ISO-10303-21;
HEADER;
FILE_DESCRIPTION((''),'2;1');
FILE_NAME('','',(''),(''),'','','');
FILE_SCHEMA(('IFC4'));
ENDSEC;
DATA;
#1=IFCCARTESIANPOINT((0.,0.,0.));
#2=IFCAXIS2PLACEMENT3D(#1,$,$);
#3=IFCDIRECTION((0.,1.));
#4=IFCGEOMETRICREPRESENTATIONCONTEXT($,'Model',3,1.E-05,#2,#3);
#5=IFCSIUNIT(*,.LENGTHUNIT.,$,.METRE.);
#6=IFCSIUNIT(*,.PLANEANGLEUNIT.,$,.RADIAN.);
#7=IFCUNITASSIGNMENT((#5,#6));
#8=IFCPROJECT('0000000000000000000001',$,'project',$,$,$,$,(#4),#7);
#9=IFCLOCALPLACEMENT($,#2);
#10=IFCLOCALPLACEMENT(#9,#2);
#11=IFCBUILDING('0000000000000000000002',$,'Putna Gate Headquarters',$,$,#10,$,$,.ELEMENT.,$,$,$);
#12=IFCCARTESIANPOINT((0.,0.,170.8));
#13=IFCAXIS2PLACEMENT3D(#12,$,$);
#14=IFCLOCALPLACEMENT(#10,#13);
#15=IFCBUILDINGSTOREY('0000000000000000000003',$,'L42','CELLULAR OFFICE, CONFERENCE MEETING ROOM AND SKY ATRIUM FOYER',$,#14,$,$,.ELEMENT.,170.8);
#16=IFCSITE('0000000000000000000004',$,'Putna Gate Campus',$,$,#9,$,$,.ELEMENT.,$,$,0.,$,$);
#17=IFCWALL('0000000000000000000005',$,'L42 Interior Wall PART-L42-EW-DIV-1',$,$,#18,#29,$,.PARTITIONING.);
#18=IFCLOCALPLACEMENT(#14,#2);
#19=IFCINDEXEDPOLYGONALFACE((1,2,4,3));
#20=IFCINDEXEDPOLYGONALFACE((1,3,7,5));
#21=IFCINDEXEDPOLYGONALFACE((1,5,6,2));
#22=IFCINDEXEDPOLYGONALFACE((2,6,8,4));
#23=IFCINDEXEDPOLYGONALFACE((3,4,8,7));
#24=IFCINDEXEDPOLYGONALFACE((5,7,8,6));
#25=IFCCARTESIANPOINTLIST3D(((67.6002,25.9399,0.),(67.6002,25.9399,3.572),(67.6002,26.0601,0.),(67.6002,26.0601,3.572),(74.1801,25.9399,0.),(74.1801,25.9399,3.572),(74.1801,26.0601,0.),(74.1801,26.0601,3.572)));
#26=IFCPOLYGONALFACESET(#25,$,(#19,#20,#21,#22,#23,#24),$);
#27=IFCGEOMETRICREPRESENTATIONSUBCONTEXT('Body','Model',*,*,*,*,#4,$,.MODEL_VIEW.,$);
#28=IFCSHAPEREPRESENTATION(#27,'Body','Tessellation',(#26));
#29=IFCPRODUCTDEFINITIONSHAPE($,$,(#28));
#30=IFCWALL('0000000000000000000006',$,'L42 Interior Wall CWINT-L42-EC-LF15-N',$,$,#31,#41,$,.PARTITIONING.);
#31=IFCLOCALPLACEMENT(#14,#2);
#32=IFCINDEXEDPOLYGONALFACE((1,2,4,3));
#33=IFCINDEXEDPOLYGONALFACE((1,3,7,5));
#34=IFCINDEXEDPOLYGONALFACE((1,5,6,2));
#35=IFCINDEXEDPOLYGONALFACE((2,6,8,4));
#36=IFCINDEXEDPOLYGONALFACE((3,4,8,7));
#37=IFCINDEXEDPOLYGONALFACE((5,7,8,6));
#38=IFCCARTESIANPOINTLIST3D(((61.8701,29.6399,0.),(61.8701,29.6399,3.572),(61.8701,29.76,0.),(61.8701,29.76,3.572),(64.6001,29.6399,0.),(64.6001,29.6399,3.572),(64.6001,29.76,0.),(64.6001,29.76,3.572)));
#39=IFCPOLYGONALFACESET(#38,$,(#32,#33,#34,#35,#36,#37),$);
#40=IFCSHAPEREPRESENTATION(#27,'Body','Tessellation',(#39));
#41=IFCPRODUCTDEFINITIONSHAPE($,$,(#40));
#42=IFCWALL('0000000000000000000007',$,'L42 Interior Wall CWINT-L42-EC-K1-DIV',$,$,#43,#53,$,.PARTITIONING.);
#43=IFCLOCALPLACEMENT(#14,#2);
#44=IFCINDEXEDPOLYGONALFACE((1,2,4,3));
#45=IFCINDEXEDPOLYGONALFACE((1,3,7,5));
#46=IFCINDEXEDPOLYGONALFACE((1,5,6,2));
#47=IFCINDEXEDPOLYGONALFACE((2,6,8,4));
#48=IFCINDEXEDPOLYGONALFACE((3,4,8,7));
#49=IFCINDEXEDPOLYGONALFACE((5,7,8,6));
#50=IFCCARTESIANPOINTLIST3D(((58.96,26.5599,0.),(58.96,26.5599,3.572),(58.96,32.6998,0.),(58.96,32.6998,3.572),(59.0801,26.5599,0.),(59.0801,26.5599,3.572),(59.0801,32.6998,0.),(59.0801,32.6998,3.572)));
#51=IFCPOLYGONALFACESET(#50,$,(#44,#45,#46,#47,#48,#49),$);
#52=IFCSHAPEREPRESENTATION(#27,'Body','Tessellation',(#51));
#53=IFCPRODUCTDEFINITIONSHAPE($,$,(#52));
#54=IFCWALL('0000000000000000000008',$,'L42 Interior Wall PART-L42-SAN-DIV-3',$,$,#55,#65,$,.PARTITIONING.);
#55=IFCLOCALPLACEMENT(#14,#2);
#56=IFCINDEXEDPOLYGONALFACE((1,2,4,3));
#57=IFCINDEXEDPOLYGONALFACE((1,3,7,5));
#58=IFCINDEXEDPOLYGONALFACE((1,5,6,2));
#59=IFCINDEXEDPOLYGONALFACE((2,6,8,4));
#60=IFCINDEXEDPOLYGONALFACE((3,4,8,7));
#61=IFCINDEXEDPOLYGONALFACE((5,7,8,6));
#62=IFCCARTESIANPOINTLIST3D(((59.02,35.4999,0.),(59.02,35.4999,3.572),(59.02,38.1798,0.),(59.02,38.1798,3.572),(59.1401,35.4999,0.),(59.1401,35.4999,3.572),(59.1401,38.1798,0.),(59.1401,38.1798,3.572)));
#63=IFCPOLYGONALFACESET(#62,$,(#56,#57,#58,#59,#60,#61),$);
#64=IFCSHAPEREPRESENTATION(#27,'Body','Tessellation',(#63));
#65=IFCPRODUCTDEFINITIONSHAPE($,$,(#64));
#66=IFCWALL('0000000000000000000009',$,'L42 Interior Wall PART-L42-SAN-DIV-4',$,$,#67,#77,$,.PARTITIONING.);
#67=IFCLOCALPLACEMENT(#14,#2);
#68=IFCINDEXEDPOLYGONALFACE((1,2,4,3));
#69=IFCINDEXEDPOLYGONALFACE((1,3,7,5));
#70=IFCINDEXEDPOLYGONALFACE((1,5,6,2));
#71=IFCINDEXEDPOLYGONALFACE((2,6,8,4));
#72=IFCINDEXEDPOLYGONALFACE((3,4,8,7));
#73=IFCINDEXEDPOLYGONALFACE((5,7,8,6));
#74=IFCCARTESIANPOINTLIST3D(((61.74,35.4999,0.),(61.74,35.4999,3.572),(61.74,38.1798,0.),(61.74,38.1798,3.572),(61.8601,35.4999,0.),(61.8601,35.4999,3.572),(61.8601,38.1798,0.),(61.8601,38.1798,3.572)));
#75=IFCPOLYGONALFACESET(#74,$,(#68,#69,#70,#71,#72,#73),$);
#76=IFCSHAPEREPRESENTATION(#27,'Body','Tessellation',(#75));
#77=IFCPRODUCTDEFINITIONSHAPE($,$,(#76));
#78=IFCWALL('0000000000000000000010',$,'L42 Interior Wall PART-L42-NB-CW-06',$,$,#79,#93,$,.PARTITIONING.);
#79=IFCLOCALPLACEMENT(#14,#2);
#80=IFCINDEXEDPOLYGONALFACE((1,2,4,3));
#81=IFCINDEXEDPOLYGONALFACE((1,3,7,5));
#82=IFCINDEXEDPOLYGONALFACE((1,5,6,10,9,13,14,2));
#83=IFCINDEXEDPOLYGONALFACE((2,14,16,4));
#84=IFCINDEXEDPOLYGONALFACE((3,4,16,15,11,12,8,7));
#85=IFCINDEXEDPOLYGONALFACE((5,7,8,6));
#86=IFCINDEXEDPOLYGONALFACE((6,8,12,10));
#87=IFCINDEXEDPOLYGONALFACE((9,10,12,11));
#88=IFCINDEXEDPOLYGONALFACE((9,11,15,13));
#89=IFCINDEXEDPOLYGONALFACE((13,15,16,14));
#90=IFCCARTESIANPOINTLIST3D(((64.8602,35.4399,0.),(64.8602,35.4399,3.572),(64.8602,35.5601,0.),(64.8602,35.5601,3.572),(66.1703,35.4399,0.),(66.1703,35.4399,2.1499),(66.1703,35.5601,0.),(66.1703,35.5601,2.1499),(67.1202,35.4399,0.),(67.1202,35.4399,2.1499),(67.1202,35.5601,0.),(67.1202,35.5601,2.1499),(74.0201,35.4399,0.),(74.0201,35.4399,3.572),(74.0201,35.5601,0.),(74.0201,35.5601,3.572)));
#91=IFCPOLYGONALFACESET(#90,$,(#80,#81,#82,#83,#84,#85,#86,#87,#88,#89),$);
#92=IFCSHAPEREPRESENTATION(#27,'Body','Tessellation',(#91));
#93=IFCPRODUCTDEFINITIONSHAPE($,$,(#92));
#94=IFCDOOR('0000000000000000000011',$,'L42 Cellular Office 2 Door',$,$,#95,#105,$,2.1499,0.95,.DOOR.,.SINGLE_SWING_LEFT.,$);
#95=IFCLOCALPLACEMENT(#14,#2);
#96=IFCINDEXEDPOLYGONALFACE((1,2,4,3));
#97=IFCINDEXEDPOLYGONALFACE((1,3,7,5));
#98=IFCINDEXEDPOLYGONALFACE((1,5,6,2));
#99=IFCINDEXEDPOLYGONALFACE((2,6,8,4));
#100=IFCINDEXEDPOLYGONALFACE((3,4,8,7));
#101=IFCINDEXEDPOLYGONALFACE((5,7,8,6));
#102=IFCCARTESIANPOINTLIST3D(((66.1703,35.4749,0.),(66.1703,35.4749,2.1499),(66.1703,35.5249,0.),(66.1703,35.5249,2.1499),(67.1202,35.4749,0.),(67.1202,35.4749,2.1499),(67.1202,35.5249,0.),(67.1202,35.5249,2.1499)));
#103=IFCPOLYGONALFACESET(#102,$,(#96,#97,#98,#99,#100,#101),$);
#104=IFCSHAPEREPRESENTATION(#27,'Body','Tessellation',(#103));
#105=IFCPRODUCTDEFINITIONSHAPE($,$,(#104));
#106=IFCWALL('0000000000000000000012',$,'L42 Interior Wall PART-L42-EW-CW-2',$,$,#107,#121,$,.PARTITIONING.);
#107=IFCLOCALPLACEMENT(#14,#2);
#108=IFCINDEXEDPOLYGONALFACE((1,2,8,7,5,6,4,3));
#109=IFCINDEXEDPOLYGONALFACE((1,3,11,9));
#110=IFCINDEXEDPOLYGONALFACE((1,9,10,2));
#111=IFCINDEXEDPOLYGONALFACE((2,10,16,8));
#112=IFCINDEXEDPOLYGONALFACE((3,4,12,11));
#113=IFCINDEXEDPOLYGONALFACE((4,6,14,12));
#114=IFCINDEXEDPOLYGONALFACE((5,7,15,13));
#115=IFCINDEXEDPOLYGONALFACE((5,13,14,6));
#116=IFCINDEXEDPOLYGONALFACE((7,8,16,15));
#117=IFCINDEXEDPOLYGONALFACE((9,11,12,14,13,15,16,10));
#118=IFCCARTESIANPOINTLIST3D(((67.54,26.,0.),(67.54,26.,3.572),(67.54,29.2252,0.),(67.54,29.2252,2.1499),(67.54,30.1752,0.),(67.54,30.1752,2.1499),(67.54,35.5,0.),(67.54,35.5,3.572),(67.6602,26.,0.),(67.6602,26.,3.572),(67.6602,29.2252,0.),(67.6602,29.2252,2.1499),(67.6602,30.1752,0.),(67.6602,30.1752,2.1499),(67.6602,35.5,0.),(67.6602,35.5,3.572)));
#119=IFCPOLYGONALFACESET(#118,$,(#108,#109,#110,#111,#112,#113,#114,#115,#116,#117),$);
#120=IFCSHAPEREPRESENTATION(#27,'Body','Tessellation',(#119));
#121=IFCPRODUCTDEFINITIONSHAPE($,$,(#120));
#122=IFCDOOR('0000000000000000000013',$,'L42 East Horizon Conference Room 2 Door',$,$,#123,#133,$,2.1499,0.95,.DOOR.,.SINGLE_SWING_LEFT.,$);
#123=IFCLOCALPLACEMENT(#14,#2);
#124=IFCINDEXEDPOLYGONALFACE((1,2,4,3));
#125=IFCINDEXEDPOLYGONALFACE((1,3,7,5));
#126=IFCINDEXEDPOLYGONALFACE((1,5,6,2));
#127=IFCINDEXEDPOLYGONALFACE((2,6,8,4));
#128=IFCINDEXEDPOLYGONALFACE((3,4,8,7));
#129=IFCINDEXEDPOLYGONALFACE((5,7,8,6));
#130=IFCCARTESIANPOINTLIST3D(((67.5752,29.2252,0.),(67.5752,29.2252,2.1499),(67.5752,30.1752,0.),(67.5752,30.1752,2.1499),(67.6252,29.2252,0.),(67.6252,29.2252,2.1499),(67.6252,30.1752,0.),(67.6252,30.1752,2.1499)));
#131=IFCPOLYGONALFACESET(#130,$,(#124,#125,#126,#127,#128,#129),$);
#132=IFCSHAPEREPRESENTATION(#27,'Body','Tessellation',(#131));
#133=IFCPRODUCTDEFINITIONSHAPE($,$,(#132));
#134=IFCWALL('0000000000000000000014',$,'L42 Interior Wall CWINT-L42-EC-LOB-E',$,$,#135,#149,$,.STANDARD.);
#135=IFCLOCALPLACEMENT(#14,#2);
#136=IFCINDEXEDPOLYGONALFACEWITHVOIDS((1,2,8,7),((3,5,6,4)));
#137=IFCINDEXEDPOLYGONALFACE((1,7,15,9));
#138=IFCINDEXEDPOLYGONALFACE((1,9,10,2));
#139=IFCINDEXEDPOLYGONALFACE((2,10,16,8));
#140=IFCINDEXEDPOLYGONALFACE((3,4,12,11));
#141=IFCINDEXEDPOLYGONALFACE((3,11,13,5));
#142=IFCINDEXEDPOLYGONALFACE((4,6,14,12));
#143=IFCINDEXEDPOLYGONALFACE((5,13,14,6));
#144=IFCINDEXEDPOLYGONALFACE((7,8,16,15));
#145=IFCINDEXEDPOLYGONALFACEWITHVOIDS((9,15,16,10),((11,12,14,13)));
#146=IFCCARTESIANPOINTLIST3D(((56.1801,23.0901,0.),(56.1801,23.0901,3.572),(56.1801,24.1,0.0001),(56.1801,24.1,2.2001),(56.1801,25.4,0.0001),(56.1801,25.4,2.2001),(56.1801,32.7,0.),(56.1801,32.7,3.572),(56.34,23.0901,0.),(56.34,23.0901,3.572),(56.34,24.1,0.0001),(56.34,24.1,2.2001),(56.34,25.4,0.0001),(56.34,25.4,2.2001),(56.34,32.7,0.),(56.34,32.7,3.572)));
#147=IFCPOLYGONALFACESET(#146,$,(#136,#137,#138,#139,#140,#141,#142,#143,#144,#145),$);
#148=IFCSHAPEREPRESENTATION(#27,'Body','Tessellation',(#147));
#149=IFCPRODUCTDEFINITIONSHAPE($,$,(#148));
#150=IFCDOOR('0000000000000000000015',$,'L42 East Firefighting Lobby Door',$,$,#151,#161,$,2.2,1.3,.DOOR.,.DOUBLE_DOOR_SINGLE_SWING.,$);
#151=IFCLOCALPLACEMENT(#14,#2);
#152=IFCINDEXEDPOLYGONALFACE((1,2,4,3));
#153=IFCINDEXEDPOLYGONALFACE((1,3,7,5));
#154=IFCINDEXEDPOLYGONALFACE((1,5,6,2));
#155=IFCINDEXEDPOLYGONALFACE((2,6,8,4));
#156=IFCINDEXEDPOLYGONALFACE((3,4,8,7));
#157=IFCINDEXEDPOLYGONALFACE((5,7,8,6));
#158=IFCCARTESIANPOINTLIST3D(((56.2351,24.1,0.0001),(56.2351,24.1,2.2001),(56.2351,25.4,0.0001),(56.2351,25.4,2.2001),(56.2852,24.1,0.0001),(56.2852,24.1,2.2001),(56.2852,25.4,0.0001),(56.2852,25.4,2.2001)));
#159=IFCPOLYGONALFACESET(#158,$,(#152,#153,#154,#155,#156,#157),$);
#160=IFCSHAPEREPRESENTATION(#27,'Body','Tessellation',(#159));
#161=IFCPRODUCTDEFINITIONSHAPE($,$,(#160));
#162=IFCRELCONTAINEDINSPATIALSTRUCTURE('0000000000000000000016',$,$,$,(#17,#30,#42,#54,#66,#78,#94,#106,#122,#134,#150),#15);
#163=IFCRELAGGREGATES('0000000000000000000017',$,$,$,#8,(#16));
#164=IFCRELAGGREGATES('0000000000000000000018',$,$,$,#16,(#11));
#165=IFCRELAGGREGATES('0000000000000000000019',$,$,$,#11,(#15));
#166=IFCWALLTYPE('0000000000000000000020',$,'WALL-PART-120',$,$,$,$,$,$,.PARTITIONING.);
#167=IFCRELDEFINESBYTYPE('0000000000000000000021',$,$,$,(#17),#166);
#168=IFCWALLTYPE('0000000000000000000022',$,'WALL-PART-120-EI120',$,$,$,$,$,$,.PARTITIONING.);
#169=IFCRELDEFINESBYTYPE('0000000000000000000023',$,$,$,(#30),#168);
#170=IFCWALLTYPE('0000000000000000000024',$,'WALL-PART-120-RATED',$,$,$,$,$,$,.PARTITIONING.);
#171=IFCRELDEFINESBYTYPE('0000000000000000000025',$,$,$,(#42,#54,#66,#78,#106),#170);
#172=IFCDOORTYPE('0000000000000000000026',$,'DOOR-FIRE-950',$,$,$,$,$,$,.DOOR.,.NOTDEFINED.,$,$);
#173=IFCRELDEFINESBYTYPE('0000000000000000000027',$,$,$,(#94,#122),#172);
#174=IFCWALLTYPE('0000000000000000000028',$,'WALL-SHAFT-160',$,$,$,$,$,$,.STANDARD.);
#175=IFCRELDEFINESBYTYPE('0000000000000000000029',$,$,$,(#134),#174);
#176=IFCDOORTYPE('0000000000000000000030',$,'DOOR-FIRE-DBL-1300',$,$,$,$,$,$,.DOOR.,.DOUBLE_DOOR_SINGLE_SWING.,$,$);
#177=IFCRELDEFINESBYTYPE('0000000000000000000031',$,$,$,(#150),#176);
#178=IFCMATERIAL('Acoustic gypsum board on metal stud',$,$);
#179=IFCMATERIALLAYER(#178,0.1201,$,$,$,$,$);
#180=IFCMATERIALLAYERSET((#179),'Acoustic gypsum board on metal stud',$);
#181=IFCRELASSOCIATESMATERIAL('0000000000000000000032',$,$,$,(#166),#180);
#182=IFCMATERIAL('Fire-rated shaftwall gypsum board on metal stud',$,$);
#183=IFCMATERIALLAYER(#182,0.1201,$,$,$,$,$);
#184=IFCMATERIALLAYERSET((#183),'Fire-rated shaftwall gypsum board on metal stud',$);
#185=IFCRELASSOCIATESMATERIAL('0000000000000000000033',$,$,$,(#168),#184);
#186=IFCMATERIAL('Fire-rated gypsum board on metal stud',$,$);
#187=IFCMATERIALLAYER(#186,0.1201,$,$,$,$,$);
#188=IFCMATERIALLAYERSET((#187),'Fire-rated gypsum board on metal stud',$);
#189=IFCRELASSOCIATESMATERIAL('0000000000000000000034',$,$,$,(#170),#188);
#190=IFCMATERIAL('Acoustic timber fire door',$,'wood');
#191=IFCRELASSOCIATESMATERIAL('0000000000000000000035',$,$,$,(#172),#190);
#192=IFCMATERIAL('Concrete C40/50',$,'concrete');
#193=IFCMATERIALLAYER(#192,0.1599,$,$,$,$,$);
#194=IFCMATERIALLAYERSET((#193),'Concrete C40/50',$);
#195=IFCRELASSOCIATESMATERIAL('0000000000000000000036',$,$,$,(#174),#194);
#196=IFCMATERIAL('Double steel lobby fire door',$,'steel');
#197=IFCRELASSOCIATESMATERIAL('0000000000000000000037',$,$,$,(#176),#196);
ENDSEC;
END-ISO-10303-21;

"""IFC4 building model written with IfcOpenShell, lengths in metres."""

from ifc_helpers import new_model, si_unit, direction, frame, frame_2d, origin, place, context, subcontext, project, spatial, rectangle, extrude, material, layer, layer_set, type_object, element, fill, save


model = new_model("IFC4")

# Units and contexts
model_context = context("Model", 3, precision=1e-05, world=origin(), true_north=direction((0.0, 1.0)))
body_context = subcontext(model_context, "Body", "Model", "MODEL_VIEW")
ifc_project = project(units=[si_unit("LENGTHUNIT", "METRE"), si_unit("PLANEANGLEUNIT", "RADIAN")], contexts=[model_context])

# Site, building, storey
site_placement = place(None, origin())
site = spatial("IfcSite", under=ifc_project, at=site_placement, Name="Putna Gate Campus", CompositionType="ELEMENT", RefElevation=0.0)
building_placement = place(site_placement, origin())
building = spatial("IfcBuilding", under=site, at=building_placement, Name="Putna Gate Headquarters", CompositionType="ELEMENT")
storey_placement = place(building_placement, frame((0.0, 0.0, 170.8)))
storey = spatial("IfcBuildingStorey", under=building, at=storey_placement, Name="L42", Description="CELLULAR OFFICE, CONFERENCE MEETING ROOM AND SKY ATRIUM FOYER", CompositionType="ELEMENT", Elevation=170.8)

# Walls
ifc_material_1 = material(Name="Acoustic gypsum board on metal stud")
ifc_layer_1 = layer(ifc_material_1, 0.1201)
ifc_layer_set_1 = layer_set([ifc_layer_1], Name="Acoustic gypsum board on metal stud")
wall_type_1 = type_object("IfcWallType", Name="WALL-PART-120", PredefinedType="PARTITIONING", material=ifc_layer_set_1)
wall_1_placement = place(storey_placement, frame((67.6001, 26.0, 0.0), z_axis=(0.0, 0.0, 1.0), x_axis=(1.0, 0.0, 0.0)))
element("IfcWall", 1, at=wall_1_placement, inside=storey, type_object=wall_type_1, Name="L42 Interior Wall PART-L42-EW-DIV-1", PredefinedType="PARTITIONING", context=body_context, shape_type="SweptSolid", body=[
    extrude(rectangle(XDim=6.5798, YDim=0.1201, at=frame_2d((3.29, 0.0))), origin(), (0.0, 0.0, 1.0), 3.572),
])
ifc_material_2 = material(Name="Fire-rated shaftwall gypsum board on metal stud")
ifc_layer_2 = layer(ifc_material_2, 0.1201)
ifc_layer_set_2 = layer_set([ifc_layer_2], Name="Fire-rated shaftwall gypsum board on metal stud")
wall_type_2 = type_object("IfcWallType", Name="WALL-PART-120-EI120", PredefinedType="PARTITIONING", material=ifc_layer_set_2)
wall_2_placement = place(storey_placement, frame((61.8701, 29.7, 0.0), z_axis=(0.0, 0.0, 1.0), x_axis=(1.0, 0.0, 0.0)))
element("IfcWall", 2, at=wall_2_placement, inside=storey, type_object=wall_type_2, Name="L42 Interior Wall CWINT-L42-EC-LF15-N", PredefinedType="PARTITIONING", context=body_context, shape_type="SweptSolid", body=[
    extrude(rectangle(XDim=2.73, YDim=0.1201, at=frame_2d((1.365, 0.0))), origin(), (0.0, 0.0, 1.0), 3.572),
])
ifc_material_3 = material(Name="Fire-rated gypsum board on metal stud")
ifc_layer_3 = layer(ifc_material_3, 0.1201)
ifc_layer_set_3 = layer_set([ifc_layer_3], Name="Fire-rated gypsum board on metal stud")
wall_type_3 = type_object("IfcWallType", Name="WALL-PART-120-RATED", PredefinedType="PARTITIONING", material=ifc_layer_set_3)
wall_3_placement = place(storey_placement, frame((59.02, 26.5601, 0.0), z_axis=(0.0, 0.0, 1.0), x_axis=(0.0, 1.0, 0.0)))
element("IfcWall", 3, at=wall_3_placement, inside=storey, type_object=wall_type_3, Name="L42 Interior Wall CWINT-L42-EC-K1-DIV", PredefinedType="PARTITIONING", context=body_context, shape_type="SweptSolid", body=[
    extrude(rectangle(XDim=6.1399, YDim=0.1201, at=frame_2d((3.0698, 0.0))), origin(), (0.0, 0.0, 1.0), 3.572),
])
for number, where, z_axis, x_axis, name in (
    (4, (59.0801, 35.5, 0.0), (0.0, 0.0, 1.0), (0.0, 1.0, 0.0), "L42 Interior Wall PART-L42-SAN-DIV-3"),
    (5, (61.8, 35.5, 0.0), (0.0, 0.0, 1.0), (0.0, 1.0, 0.0), "L42 Interior Wall PART-L42-SAN-DIV-4"),
):
    element("IfcWall", number, at=place(storey_placement, frame(where, z_axis=z_axis, x_axis=x_axis)), inside=storey, type_object=wall_type_3, Name=name, PredefinedType="PARTITIONING", context=body_context, shape_type="SweptSolid", body=[
        extrude(rectangle(XDim=2.6799, YDim=0.1201, at=frame_2d((1.3398, 0.0))), origin(), (0.0, 0.0, 1.0), 3.572),
    ])

# Walls, openings, doors
wall_4_placement = place(storey_placement, frame((64.8601, 35.5, 0.0), z_axis=(0.0, 0.0, 1.0), x_axis=(1.0, 0.0, 0.0)))
wall_4 = element("IfcWall", 6, at=wall_4_placement, inside=storey, type_object=wall_type_3, Name="L42 Interior Wall PART-L42-NB-CW-06", PredefinedType="PARTITIONING", context=body_context, shape_type="SweptSolid", body=[
    extrude(rectangle(XDim=9.1599, YDim=0.1201, at=frame_2d((4.5801, 0.0))), origin(), (0.0, 0.0, 1.0), 3.572),
])
opening_1_placement = place(wall_4_placement, frame((1.3101, 0.0, 0.0)))
opening_1 = element("IfcOpeningElement", 7, at=opening_1_placement, cuts=wall_4, PredefinedType="OPENING", context=body_context, shape_type="SweptSolid", body=[
    extrude(rectangle(XDim=0.95, YDim=2.1499, at=frame_2d((0.4751, 1.075))), frame((0.0, 0.0701, 0.0), z_axis=(0.0, -1.0, 0.0), x_axis=(1.0, 0.0, 0.0)), (0.0, 0.0, 1.0), 0.1401),
])
ifc_material_4 = material(Name="Acoustic timber fire door", Category="wood")
door_type_1 = type_object("IfcDoorType", Name="DOOR-FIRE-950", OperationType="NOTDEFINED", PredefinedType="DOOR", material=ifc_material_4)
door_1_placement = place(opening_1_placement, origin())
door_1 = element("IfcDoor", 8, at=door_1_placement, inside=storey, type_object=door_type_1, Name="L42 Cellular Office 2 Door", OperationType="SINGLE_SWING_LEFT", OverallHeight=2.1499, OverallWidth=0.95, PredefinedType="DOOR", context=body_context, shape_type="SweptSolid", body=[
    extrude(rectangle(XDim=0.95, YDim=2.1499, at=frame_2d((0.4751, 1.075))), frame((0.0, 0.0249, 0.0), z_axis=(0.0, -1.0, 0.0), x_axis=(1.0, 0.0, 0.0)), (0.0, 0.0, 1.0), 0.05),
])
fill(opening_1, door_1)
wall_5_placement = place(storey_placement, frame((67.6001, 26.0, 0.0), z_axis=(0.0, 0.0, 1.0), x_axis=(0.0, 1.0, 0.0)))
wall_5 = element("IfcWall", 9, at=wall_5_placement, inside=storey, type_object=wall_type_3, Name="L42 Interior Wall PART-L42-EW-CW-2", PredefinedType="PARTITIONING", context=body_context, shape_type="SweptSolid", body=[
    extrude(rectangle(XDim=9.5, YDim=0.1201, at=frame_2d((4.75, 0.0))), origin(), (0.0, 0.0, 1.0), 3.572),
])
opening_2_placement = place(wall_5_placement, frame((3.2251, 0.0, 0.0)))
opening_2 = element("IfcOpeningElement", 10, at=opening_2_placement, cuts=wall_5, PredefinedType="OPENING", context=body_context, shape_type="SweptSolid", body=[
    extrude(rectangle(XDim=0.95, YDim=2.1499, at=frame_2d((0.4751, 1.075))), frame((0.0, 0.0701, 0.0), z_axis=(0.0, -1.0, 0.0), x_axis=(1.0, 0.0, 0.0)), (0.0, 0.0, 1.0), 0.1401),
])
door_2_placement = place(opening_2_placement, origin())
door_2 = element("IfcDoor", 11, at=door_2_placement, inside=storey, type_object=door_type_1, Name="L42 East Horizon Conference Room 2 Door", OperationType="SINGLE_SWING_LEFT", OverallHeight=2.1499, OverallWidth=0.95, PredefinedType="DOOR", context=body_context, shape_type="SweptSolid", body=[
    extrude(rectangle(XDim=0.95, YDim=2.1499, at=frame_2d((0.4751, 1.075))), frame((0.0, 0.0249, 0.0), z_axis=(0.0, -1.0, 0.0), x_axis=(1.0, 0.0, 0.0)), (0.0, 0.0, 1.0), 0.05),
])
fill(opening_2, door_2)
ifc_material_5 = material(Name="Concrete C40/50", Category="concrete")
ifc_layer_4 = layer(ifc_material_5, 0.1599)
ifc_layer_set_4 = layer_set([ifc_layer_4], Name="Concrete C40/50")
wall_type_4 = type_object("IfcWallType", Name="WALL-SHAFT-160", PredefinedType="STANDARD", material=ifc_layer_set_4)
wall_6_placement = place(storey_placement, frame((56.26, 23.0901, 0.0), z_axis=(0.0, 0.0, 1.0), x_axis=(0.0, 1.0, 0.0)))
wall_6 = element("IfcWall", 12, at=wall_6_placement, inside=storey, type_object=wall_type_4, Name="L42 Interior Wall CWINT-L42-EC-LOB-E", PredefinedType="STANDARD", context=body_context, shape_type="SweptSolid", body=[
    extrude(rectangle(XDim=9.6099, YDim=0.1599, at=frame_2d((4.8049, 0.0))), origin(), (0.0, 0.0, 1.0), 3.572),
])
opening_3_placement = place(wall_6_placement, frame((1.01, 0.0, 0.0)))
opening_3 = element("IfcOpeningElement", 13, at=opening_3_placement, cuts=wall_6, PredefinedType="OPENING", context=body_context, shape_type="SweptSolid", body=[
    extrude(rectangle(XDim=1.3, YDim=2.2, at=frame_2d((0.6499, 1.1001))), frame((0.0, 0.0898, 0.0), z_axis=(0.0, -1.0, 0.0), x_axis=(1.0, 0.0, 0.0)), (0.0, 0.0, 1.0), 0.1799),
])
ifc_material_6 = material(Name="Double steel lobby fire door", Category="steel")
door_type_2 = type_object("IfcDoorType", Name="DOOR-FIRE-DBL-1300", OperationType="DOUBLE_DOOR_SINGLE_SWING", PredefinedType="DOOR", material=ifc_material_6)
door_3_placement = place(opening_3_placement, origin())
door_3 = element("IfcDoor", 14, at=door_3_placement, inside=storey, type_object=door_type_2, Name="L42 East Firefighting Lobby Door", OperationType="DOUBLE_DOOR_SINGLE_SWING", OverallHeight=2.2, OverallWidth=1.3, PredefinedType="DOOR", context=body_context, shape_type="SweptSolid", body=[
    extrude(rectangle(XDim=1.3, YDim=2.2, at=frame_2d((0.6499, 1.1001))), frame((0.0, 0.0249, 0.0), z_axis=(0.0, -1.0, 0.0), x_axis=(1.0, 0.0, 0.0)), (0.0, 0.0, 1.0), 0.05),
])
fill(opening_3, door_3)

save(model, "model.ifc")
